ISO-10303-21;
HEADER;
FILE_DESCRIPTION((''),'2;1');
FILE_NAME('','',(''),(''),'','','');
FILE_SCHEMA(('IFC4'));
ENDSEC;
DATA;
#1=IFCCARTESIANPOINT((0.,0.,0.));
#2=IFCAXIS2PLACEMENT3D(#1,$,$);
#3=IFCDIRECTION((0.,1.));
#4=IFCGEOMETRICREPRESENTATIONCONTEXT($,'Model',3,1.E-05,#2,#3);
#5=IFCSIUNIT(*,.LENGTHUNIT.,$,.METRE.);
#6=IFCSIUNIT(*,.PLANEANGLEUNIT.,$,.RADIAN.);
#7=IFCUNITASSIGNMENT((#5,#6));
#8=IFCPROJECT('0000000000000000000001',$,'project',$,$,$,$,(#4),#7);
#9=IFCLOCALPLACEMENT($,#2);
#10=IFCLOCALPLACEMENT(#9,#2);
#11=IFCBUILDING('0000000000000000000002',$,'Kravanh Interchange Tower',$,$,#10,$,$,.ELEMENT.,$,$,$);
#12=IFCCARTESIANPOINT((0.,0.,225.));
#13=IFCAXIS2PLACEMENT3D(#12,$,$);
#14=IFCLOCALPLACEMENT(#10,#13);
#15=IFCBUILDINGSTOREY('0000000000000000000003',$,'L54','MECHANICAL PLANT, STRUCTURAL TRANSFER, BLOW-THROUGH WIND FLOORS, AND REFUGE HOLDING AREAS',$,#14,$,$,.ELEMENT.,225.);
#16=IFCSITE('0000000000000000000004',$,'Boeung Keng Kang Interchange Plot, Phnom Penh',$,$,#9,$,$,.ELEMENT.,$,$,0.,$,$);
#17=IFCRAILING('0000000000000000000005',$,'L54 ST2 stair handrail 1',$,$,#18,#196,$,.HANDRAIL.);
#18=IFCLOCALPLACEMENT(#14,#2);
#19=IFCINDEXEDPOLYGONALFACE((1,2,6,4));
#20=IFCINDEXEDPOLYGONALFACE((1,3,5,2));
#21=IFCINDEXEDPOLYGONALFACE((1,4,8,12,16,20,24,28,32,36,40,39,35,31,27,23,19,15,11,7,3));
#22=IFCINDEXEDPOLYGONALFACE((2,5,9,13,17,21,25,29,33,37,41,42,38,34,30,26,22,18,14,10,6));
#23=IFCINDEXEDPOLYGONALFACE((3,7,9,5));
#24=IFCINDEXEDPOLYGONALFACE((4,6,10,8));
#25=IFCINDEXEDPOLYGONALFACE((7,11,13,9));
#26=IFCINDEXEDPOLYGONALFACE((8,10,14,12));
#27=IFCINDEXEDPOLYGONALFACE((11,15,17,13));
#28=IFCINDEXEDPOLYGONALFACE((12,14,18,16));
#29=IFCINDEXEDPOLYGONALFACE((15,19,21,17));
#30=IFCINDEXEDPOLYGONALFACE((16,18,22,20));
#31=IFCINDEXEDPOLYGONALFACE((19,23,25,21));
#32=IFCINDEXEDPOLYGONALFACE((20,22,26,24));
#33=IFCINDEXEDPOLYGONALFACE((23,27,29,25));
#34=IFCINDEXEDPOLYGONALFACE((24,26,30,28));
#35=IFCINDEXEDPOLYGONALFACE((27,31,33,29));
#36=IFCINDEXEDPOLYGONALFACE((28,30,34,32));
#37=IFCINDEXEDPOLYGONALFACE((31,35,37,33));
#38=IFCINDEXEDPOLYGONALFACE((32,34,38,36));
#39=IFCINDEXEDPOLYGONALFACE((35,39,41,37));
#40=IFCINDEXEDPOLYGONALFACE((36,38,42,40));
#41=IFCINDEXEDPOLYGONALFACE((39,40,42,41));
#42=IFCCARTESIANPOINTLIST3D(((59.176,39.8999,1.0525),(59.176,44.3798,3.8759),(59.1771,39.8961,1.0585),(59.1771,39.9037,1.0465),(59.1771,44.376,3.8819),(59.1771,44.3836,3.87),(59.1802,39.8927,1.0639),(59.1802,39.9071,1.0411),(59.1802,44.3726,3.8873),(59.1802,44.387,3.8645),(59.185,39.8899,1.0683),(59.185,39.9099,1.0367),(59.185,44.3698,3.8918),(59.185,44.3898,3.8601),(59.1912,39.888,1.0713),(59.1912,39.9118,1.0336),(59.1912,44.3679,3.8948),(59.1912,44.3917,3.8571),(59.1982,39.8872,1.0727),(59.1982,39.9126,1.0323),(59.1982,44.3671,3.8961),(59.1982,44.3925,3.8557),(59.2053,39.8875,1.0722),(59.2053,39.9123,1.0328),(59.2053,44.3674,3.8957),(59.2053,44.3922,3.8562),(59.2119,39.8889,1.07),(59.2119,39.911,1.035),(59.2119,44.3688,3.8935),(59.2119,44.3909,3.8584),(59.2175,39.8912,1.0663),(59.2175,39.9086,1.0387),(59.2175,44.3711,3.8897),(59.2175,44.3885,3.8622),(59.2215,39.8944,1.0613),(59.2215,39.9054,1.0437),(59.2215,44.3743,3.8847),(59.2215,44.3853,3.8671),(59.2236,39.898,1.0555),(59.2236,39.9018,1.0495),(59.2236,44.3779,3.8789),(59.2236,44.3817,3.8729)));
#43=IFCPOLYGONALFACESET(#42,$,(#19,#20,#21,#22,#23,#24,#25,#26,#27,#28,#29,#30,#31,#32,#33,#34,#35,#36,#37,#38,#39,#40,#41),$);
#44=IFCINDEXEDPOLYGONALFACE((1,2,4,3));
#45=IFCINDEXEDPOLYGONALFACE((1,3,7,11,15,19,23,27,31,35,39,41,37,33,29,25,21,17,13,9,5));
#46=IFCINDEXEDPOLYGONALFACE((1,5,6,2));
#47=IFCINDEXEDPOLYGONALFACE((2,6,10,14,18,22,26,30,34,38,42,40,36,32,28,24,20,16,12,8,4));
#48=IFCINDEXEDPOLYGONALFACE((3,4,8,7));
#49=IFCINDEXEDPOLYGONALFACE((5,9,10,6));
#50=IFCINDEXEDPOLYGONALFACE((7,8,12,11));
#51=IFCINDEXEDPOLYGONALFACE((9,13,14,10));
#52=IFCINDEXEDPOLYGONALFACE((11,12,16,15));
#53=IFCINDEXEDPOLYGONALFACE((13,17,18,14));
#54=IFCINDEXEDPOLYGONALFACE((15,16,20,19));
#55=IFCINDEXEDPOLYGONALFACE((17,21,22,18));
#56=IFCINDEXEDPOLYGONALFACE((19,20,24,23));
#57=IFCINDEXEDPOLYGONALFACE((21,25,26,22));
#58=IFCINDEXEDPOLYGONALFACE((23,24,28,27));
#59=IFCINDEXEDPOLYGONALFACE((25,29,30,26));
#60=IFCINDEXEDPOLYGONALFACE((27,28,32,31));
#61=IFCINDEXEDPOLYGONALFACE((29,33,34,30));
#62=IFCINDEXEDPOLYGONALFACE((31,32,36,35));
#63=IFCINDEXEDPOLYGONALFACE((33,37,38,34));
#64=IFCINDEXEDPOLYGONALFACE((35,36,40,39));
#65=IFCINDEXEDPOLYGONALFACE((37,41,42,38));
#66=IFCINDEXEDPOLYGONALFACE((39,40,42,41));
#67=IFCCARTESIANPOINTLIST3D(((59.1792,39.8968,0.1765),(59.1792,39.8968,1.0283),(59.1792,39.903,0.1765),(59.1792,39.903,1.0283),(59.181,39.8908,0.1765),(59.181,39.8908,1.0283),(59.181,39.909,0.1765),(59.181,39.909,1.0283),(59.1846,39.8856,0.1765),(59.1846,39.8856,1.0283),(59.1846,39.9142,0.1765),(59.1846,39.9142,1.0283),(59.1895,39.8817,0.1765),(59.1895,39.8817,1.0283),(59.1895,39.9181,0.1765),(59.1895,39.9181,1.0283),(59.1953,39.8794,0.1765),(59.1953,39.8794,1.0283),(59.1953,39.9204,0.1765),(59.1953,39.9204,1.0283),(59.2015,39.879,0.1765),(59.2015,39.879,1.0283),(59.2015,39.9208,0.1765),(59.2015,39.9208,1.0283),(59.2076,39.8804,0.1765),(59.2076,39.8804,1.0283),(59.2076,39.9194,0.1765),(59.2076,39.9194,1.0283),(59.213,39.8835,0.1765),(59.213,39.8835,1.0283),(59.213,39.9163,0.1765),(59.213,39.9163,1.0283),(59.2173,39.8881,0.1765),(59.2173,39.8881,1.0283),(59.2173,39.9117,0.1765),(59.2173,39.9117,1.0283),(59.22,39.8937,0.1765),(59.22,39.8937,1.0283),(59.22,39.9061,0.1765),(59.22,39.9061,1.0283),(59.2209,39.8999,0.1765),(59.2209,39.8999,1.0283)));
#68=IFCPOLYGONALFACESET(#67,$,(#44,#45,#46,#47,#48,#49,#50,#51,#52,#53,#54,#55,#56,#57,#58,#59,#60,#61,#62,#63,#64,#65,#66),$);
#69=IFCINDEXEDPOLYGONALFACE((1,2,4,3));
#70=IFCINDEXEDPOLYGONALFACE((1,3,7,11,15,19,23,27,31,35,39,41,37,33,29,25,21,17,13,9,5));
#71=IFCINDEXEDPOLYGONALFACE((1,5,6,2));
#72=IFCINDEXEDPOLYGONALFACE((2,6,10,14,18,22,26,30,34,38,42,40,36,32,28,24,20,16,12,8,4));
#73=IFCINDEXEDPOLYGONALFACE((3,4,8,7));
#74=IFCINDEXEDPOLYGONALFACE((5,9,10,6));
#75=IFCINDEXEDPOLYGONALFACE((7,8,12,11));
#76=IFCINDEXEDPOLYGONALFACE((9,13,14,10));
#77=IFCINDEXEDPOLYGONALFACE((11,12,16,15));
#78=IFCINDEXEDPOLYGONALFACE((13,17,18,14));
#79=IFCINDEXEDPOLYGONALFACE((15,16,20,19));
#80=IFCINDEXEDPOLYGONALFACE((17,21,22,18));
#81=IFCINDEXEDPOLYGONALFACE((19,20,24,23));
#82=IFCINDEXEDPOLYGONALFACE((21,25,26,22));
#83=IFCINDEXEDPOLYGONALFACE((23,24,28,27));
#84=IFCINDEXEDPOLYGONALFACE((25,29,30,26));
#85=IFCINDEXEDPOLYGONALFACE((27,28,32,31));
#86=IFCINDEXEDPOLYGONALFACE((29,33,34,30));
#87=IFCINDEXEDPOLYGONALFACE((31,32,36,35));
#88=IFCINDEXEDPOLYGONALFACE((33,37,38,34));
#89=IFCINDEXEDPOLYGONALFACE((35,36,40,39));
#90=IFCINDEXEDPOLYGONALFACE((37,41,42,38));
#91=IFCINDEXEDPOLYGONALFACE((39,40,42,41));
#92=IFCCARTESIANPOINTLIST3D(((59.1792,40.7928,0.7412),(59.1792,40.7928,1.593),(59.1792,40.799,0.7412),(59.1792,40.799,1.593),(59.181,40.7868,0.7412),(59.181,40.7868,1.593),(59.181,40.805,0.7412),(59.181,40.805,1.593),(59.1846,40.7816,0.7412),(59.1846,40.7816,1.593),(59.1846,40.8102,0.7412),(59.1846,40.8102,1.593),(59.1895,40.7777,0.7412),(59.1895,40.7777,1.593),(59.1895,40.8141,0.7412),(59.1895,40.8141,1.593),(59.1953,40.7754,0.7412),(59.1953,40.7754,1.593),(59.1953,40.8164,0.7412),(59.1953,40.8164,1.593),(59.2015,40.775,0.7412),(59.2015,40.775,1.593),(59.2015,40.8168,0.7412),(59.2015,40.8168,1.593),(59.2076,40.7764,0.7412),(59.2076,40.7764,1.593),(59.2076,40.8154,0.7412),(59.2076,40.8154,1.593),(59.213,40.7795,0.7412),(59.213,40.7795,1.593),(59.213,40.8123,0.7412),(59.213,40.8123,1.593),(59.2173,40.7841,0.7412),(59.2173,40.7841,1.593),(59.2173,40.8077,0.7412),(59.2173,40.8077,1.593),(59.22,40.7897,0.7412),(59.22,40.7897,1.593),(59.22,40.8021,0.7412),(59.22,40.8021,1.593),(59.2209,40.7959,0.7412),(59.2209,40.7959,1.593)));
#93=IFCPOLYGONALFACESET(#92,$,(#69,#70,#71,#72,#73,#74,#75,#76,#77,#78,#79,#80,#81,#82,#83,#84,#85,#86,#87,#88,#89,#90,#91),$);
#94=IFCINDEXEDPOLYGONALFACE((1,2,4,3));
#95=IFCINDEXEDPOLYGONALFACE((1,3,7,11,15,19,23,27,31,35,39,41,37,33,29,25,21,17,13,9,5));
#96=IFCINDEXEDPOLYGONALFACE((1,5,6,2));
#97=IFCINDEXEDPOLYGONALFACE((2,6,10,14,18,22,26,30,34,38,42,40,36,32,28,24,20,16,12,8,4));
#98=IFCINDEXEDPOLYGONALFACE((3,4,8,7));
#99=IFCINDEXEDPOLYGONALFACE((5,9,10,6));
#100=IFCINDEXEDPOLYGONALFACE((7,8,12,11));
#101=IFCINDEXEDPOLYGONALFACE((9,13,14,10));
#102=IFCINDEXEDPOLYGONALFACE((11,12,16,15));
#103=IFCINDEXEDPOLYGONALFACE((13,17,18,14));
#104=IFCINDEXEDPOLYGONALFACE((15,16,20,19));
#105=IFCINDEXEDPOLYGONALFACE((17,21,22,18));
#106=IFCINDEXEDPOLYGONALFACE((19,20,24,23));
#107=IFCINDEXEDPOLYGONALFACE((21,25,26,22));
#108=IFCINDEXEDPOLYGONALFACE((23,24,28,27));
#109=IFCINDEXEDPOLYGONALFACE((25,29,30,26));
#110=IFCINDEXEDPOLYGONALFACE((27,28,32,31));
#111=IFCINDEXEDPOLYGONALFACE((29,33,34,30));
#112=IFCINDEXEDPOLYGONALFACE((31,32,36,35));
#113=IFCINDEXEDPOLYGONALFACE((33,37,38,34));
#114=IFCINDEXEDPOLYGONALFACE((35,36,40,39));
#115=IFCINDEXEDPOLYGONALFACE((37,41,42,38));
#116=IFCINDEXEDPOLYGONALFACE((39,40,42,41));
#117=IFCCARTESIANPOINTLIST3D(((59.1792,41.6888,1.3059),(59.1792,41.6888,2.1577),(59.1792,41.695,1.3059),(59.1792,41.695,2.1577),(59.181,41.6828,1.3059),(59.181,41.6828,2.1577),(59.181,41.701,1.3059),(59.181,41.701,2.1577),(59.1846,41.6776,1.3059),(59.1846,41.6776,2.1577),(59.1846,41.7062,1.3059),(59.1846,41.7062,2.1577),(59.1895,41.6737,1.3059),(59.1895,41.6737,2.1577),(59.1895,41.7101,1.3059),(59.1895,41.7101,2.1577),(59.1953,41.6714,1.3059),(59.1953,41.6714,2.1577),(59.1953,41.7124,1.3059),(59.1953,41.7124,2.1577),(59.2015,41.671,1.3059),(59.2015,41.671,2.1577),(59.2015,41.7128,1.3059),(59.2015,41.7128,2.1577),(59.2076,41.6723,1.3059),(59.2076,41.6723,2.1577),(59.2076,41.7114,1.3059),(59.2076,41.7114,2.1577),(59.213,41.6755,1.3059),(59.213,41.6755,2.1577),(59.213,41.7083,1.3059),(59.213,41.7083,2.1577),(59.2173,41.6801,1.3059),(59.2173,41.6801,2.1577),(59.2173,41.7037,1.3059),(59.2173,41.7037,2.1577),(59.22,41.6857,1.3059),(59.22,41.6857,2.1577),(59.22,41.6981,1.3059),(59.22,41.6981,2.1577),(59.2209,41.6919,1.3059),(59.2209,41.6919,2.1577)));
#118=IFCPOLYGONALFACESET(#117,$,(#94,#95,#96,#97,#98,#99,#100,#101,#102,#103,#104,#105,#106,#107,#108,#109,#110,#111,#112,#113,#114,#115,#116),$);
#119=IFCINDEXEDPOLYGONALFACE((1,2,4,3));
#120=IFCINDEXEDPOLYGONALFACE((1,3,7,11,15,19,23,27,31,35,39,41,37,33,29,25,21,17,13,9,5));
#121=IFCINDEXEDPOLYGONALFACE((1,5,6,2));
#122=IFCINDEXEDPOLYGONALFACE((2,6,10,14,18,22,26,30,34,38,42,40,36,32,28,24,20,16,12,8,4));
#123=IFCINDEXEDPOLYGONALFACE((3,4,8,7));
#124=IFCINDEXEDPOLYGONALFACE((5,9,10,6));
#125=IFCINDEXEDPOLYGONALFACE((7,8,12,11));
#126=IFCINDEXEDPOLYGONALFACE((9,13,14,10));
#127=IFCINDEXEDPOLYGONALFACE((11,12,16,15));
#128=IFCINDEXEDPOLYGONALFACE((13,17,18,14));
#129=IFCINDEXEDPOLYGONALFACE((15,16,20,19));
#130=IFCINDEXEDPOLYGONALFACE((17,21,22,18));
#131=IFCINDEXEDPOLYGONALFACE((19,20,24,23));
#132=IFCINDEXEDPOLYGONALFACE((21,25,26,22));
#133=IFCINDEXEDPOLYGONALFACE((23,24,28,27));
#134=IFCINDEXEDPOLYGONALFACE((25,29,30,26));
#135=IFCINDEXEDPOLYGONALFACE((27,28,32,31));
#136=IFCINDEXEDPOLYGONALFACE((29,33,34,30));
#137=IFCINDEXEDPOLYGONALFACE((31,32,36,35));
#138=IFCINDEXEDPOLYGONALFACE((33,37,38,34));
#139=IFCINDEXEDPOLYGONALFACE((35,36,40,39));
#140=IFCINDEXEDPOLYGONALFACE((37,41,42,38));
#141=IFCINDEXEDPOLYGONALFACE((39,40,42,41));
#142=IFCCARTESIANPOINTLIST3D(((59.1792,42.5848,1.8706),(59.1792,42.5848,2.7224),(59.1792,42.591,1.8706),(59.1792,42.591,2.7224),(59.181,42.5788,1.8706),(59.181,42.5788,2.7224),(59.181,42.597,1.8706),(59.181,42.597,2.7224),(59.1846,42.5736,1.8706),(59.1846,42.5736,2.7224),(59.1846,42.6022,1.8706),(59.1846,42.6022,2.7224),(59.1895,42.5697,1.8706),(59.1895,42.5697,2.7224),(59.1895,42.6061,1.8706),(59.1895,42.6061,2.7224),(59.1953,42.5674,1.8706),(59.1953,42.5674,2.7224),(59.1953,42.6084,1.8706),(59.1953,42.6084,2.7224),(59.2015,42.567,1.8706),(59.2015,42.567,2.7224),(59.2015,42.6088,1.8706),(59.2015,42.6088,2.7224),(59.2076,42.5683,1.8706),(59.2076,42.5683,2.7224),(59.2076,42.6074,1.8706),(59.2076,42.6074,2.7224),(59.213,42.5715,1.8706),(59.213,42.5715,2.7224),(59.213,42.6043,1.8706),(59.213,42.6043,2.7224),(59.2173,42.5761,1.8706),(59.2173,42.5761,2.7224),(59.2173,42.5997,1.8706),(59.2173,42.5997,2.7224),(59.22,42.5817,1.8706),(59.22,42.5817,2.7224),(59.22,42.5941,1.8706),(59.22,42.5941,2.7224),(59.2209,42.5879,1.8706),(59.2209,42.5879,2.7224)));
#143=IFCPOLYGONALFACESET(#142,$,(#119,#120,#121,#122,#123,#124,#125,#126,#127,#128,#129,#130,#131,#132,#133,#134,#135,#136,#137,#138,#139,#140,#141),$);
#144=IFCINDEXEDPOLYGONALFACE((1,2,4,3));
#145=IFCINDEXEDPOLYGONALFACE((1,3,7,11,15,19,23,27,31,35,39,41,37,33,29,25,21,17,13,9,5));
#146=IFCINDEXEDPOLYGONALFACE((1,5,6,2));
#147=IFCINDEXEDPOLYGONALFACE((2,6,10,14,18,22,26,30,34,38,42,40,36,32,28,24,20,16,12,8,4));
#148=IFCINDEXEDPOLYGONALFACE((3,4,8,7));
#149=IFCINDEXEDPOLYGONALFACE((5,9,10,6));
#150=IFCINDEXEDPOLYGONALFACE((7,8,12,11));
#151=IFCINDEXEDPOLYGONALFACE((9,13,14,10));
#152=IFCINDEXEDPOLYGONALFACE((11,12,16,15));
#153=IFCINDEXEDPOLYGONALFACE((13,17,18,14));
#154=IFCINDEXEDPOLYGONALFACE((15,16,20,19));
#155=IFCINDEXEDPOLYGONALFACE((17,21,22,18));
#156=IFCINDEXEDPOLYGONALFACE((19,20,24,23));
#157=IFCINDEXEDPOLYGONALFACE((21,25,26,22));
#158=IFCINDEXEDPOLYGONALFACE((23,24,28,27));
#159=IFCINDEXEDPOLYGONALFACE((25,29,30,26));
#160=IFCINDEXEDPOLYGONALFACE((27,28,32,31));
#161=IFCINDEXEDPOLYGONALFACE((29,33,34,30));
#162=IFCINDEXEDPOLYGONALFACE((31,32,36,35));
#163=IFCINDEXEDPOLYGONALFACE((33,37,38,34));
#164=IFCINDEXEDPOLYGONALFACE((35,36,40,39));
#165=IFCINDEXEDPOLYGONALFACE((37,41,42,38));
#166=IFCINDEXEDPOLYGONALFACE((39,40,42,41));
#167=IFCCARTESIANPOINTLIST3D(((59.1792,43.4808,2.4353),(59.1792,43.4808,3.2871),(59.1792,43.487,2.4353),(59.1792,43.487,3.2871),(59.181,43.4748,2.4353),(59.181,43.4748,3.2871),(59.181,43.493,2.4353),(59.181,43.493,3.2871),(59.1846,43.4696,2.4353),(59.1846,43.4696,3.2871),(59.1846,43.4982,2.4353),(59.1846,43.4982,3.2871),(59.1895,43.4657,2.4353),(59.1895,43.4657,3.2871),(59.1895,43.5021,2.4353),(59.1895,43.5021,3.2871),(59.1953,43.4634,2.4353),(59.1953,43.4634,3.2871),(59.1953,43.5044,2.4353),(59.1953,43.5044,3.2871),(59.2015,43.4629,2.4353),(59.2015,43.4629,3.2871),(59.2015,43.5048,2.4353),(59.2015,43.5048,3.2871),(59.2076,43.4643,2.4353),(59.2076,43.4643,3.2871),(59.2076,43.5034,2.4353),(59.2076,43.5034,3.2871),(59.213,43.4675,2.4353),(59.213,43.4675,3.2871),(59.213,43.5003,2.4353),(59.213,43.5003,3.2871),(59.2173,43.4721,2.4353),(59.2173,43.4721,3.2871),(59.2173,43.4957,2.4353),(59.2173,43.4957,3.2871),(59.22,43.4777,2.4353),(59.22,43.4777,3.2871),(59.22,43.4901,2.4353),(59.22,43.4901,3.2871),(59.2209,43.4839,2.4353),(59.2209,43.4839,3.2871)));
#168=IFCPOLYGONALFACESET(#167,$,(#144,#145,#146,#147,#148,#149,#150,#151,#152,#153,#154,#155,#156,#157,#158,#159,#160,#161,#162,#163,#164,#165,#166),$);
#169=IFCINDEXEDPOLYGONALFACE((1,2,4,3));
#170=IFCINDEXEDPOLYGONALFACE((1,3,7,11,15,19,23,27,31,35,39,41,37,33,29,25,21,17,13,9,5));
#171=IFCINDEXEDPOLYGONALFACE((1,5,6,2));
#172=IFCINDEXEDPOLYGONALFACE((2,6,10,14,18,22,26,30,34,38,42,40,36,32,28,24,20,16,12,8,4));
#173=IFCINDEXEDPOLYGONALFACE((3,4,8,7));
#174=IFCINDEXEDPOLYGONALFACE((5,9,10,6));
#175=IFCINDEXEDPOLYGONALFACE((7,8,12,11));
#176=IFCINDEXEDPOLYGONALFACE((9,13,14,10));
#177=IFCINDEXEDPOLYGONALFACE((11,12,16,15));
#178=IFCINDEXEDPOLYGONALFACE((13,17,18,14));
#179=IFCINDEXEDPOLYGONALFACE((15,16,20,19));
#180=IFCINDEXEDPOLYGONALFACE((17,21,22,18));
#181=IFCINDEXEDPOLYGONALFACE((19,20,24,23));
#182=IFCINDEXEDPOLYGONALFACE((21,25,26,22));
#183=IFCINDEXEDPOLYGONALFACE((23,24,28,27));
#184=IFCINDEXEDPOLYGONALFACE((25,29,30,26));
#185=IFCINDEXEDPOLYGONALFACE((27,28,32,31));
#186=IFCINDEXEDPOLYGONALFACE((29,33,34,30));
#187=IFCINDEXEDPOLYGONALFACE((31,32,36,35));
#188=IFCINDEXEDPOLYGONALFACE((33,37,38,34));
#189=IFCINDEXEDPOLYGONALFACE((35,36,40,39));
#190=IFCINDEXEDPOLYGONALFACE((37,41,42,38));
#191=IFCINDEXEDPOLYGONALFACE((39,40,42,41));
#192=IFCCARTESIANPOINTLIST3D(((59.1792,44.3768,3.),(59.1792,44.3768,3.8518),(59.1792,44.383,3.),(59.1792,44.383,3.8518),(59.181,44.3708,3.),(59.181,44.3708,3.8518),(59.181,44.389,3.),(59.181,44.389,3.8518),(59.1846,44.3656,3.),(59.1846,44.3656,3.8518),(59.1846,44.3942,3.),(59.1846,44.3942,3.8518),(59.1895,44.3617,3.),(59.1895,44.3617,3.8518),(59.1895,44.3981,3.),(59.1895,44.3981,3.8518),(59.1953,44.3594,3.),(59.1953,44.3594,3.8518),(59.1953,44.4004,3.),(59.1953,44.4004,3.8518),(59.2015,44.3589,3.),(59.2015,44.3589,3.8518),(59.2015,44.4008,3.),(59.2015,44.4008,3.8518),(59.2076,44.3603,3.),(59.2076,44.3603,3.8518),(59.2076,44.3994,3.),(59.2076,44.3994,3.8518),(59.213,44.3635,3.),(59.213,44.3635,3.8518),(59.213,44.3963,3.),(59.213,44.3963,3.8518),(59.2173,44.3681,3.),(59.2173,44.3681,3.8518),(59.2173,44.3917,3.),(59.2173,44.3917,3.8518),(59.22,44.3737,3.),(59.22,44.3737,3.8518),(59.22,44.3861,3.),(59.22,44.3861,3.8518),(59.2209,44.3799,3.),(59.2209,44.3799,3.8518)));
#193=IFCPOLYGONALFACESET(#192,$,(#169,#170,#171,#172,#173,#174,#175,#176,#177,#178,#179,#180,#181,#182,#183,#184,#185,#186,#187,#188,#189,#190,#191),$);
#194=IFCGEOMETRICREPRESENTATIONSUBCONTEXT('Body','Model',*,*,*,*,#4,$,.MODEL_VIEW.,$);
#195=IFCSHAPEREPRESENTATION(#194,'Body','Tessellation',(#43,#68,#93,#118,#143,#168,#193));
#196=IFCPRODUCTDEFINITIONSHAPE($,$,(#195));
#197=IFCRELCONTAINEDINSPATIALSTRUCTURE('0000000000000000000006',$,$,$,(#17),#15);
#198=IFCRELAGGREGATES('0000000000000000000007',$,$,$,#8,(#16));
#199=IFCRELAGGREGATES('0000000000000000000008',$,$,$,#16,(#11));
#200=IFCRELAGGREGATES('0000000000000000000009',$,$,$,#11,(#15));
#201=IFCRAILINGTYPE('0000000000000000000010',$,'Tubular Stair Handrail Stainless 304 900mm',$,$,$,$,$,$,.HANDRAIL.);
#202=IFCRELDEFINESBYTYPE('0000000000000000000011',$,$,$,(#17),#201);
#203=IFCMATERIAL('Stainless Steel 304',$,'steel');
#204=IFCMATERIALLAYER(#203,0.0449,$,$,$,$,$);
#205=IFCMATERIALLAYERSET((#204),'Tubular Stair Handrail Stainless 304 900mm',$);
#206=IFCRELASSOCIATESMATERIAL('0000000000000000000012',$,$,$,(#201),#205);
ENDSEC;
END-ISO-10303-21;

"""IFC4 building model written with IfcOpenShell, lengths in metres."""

from ifc_helpers import new_model, si_unit, direction, frame, origin, origin_2d, place, context, subcontext, project, spatial, circle, extrude, material, layer, layer_set, type_object, element, save


model = new_model("IFC4")

# Units and contexts
model_context = context("Model", 3, precision=1e-05, world=origin(), true_north=direction((0.0, 1.0)))
body_context = subcontext(model_context, "Body", "Model", "MODEL_VIEW")
ifc_project = project(units=[si_unit("LENGTHUNIT", "METRE"), si_unit("PLANEANGLEUNIT", "RADIAN")], contexts=[model_context])

# Site, building, storey
site_placement = place(None, origin())
site = spatial("IfcSite", under=ifc_project, at=site_placement, Name="Boeung Keng Kang Interchange Plot, Phnom Penh", CompositionType="ELEMENT", RefElevation=0.0)
building_placement = place(site_placement, origin())
building = spatial("IfcBuilding", under=site, at=building_placement, Name="Kravanh Interchange Tower", CompositionType="ELEMENT")
storey_placement = place(building_placement, frame((0.0, 0.0, 225.0)))
storey = spatial("IfcBuildingStorey", under=building, at=storey_placement, Name="L54", Description="MECHANICAL PLANT, STRUCTURAL TRANSFER, BLOW-THROUGH WIND FLOORS, AND REFUGE HOLDING AREAS", CompositionType="ELEMENT", Elevation=225.0)

# Railing
ifc_material_1 = material(Name="Stainless Steel 304", Category="steel")
ifc_layer_1 = layer(ifc_material_1, 0.0449)
ifc_layer_set_1 = layer_set([ifc_layer_1], Name="Tubular Stair Handrail Stainless 304 900mm")
railing_type_1 = type_object("IfcRailingType", Name="Tubular Stair Handrail Stainless 304 900mm", PredefinedType="HANDRAIL", material=ifc_layer_set_1)
railing_1_placement = place(storey_placement, frame((59.2, 39.8999, 0.1765)))
element("IfcRailing", 1, at=railing_1_placement, inside=storey, type_object=railing_type_1, Name="L54 ST2 stair handrail 1", PredefinedType="HANDRAIL", context=body_context, shape_type="SweptSolid", body=[
    extrude(circle(Radius=0.0239, at=origin_2d()), frame((0.0, 0.0, 0.876), z_axis=(0.0, 0.845998, 0.533186), x_axis=(-1.0, 0.0, 0.0)), (0.0, 0.0, 1.0), 5.2954),
    extrude(circle(Radius=0.021, at=origin_2d()), origin(), (0.0, 0.0, 1.0), 0.8518),
    extrude(circle(Radius=0.021, at=origin_2d()), frame((0.0, 0.896, 0.5647)), (0.0, 0.0, 1.0), 0.8518),
    extrude(circle(Radius=0.021, at=origin_2d()), frame((0.0, 1.792, 1.1294)), (0.0, 0.0, 1.0), 0.8518),
    extrude(circle(Radius=0.021, at=origin_2d()), frame((0.0, 2.688, 1.6941)), (0.0, 0.0, 1.0), 0.8518),
    extrude(circle(Radius=0.021, at=origin_2d()), frame((0.0, 3.584, 2.2588)), (0.0, 0.0, 1.0), 0.8518),
    extrude(circle(Radius=0.021, at=origin_2d()), frame((0.0, 4.48, 2.8235)), (0.0, 0.0, 1.0), 0.8518),
])

save(model, "model.ifc")
